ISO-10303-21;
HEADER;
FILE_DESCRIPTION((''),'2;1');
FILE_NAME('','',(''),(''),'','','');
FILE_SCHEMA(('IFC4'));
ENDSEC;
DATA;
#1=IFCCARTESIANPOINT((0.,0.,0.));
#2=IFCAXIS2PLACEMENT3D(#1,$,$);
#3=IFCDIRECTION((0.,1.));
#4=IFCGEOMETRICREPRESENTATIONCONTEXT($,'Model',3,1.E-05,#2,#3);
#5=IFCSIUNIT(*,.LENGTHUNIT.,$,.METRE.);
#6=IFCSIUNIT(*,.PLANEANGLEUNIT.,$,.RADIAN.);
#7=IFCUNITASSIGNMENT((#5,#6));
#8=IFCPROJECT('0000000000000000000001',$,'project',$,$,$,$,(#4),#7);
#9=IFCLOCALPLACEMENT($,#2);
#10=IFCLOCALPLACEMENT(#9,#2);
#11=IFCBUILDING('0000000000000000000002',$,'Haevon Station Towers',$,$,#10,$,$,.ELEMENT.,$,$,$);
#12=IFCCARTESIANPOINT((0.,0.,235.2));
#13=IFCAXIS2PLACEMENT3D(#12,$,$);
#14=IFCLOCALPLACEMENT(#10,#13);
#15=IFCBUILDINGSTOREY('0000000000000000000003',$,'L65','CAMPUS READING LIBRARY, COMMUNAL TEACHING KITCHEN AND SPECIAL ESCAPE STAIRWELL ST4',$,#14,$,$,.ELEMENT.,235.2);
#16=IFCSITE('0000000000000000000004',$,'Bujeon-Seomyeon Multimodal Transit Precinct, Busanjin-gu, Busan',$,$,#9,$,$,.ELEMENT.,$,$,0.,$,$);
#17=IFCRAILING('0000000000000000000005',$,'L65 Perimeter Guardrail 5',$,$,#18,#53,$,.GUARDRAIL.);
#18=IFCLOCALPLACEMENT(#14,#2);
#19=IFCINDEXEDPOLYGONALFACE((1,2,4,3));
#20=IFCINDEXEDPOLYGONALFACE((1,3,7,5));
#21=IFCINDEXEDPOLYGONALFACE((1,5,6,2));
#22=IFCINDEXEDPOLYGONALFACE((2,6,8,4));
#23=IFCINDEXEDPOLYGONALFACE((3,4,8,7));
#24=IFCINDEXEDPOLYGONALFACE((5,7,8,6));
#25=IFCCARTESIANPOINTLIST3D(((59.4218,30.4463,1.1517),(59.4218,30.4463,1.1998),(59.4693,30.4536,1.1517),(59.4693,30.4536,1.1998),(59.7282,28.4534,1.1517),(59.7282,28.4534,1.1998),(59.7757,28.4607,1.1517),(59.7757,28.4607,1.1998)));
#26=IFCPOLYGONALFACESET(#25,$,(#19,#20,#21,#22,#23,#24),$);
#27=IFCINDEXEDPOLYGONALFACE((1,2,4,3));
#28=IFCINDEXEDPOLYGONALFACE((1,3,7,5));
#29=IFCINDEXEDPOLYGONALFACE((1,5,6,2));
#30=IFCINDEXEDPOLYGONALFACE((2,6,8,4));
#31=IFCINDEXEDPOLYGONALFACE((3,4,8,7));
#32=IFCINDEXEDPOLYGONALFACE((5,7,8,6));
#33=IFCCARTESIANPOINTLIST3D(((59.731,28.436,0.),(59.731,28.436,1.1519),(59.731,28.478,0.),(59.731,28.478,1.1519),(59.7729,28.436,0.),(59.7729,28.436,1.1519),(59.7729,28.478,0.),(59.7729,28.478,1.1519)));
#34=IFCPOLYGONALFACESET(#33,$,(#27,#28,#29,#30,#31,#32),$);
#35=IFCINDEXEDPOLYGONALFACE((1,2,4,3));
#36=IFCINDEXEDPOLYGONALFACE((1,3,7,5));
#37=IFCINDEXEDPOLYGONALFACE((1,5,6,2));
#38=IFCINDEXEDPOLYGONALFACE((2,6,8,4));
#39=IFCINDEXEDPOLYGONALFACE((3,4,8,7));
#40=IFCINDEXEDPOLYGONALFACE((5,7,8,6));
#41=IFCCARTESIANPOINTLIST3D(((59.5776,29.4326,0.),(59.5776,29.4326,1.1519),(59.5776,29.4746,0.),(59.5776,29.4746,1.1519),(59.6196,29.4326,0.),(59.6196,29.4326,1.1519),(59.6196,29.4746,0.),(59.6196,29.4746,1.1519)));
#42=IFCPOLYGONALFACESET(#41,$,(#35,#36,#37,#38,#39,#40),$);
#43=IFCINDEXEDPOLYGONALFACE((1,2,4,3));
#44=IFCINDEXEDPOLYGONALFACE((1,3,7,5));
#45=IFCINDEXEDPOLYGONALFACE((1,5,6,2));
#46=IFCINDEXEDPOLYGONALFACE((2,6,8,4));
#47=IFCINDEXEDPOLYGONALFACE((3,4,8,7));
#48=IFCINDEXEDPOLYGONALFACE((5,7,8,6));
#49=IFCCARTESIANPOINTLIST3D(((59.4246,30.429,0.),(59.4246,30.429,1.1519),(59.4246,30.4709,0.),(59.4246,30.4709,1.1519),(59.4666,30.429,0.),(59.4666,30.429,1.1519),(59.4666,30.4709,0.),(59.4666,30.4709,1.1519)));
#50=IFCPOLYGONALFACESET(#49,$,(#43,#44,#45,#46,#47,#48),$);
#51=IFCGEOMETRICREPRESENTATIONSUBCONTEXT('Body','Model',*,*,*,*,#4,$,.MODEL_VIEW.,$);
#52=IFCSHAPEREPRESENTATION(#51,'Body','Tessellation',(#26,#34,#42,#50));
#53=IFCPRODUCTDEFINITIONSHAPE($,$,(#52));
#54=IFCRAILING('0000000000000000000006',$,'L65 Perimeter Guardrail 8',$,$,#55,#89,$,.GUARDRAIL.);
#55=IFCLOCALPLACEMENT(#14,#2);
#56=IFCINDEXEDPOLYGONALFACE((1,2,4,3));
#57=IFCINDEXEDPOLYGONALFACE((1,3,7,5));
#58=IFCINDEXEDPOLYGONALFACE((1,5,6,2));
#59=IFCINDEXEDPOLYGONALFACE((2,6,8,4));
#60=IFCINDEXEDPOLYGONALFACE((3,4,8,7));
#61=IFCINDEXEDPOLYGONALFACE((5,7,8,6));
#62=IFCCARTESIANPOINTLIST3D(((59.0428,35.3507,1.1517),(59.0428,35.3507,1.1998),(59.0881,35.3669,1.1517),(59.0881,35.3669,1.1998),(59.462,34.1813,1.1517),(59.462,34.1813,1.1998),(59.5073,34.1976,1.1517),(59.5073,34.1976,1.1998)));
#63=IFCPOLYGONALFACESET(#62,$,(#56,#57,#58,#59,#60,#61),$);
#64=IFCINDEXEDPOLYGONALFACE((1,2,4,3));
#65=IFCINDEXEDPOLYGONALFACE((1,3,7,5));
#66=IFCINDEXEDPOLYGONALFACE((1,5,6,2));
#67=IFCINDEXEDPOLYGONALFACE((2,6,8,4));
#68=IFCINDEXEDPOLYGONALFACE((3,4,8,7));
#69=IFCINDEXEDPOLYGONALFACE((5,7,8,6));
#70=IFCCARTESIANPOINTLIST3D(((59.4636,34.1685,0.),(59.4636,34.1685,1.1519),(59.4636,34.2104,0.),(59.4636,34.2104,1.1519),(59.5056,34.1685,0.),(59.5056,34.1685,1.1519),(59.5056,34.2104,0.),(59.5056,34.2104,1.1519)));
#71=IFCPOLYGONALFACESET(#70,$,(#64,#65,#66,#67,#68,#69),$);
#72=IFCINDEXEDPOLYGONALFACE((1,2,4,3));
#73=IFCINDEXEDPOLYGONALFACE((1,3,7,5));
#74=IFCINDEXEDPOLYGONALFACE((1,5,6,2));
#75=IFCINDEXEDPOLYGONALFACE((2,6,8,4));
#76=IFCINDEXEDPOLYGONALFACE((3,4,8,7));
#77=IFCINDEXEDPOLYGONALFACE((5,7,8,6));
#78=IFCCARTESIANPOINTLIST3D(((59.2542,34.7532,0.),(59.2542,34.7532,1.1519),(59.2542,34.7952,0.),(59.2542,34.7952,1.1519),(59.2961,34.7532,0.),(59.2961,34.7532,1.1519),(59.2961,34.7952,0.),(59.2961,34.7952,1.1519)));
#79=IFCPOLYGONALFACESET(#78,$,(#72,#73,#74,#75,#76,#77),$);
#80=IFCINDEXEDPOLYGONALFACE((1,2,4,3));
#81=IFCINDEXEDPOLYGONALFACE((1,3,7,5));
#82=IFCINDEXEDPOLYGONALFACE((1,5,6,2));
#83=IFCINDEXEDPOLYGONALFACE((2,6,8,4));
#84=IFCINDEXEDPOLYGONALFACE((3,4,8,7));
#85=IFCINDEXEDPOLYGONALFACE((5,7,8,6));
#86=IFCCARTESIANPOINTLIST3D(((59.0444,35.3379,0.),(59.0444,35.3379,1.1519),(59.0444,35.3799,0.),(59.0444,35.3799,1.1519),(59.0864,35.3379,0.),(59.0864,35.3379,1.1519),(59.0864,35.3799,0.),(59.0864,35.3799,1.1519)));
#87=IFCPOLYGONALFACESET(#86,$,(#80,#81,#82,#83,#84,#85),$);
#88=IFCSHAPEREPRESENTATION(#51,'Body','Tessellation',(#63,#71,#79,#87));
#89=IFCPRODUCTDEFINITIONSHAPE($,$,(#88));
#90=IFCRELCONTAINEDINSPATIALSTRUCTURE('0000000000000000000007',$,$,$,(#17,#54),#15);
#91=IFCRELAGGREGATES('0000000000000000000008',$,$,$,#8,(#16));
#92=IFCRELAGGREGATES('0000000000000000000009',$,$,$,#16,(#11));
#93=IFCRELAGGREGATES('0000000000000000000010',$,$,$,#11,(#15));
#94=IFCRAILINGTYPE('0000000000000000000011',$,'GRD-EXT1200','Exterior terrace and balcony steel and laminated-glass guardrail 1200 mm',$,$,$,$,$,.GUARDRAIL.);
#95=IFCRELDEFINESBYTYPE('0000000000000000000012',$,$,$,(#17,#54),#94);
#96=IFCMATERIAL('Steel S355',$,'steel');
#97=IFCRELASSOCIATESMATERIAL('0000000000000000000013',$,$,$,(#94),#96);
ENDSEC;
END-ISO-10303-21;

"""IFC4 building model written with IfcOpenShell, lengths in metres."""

from ifc_helpers import new_model, si_unit, direction, frame, origin, origin_2d, place, context, subcontext, project, spatial, rectangle, extrude, material, type_object, element, save


model = new_model("IFC4")

# Units and contexts
model_context = context("Model", 3, precision=1e-05, world=origin(), true_north=direction((0.0, 1.0)))
body_context = subcontext(model_context, "Body", "Model", "MODEL_VIEW")
ifc_project = project(units=[si_unit("LENGTHUNIT", "METRE"), si_unit("PLANEANGLEUNIT", "RADIAN")], contexts=[model_context])

# Site, building, storey
site_placement = place(None, origin())
site = spatial("IfcSite", under=ifc_project, at=site_placement, Name="Bujeon-Seomyeon Multimodal Transit Precinct, Busanjin-gu, Busan", CompositionType="ELEMENT", RefElevation=0.0)
building_placement = place(site_placement, origin())
building = spatial("IfcBuilding", under=site, at=building_placement, Name="Haevon Station Towers", CompositionType="ELEMENT")
storey_placement = place(building_placement, frame((0.0, 0.0, 235.2)))
storey = spatial("IfcBuildingStorey", under=building, at=storey_placement, Name="L65", Description="CAMPUS READING LIBRARY, COMMUNAL TEACHING KITCHEN AND SPECIAL ESCAPE STAIRWELL ST4", CompositionType="ELEMENT", Elevation=235.2)

# Shared definitions
ifc_material_1 = material(Name="Steel S355", Category="steel")

# Railings
railing_type_1 = type_object("IfcRailingType", Name="GRD-EXT1200", Description="Exterior terrace and balcony steel and laminated-glass guardrail 1200 mm", PredefinedType="GUARDRAIL", material=ifc_material_1)
railing_1_placement = place(storey_placement, frame((59.752, 28.457, 0.0)))
element("IfcRailing", 1, at=railing_1_placement, inside=storey, type_object=railing_type_1, Name="L65 Perimeter Guardrail 5", PredefinedType="GUARDRAIL", context=body_context, shape_type="SweptSolid", body=[
    extrude(rectangle(XDim=0.0481, YDim=0.0481, at=origin_2d()), frame((0.0, 0.0, 1.1758), z_axis=(-0.151957, 0.988387, 0.0), x_axis=(-0.988387, -0.151957, 0.0)), (0.0, 0.0, 1.0), 2.0164),
    extrude(rectangle(XDim=0.042, YDim=0.042, at=origin_2d()), origin(), (0.0, 0.0, 1.0), 1.1519),
    extrude(rectangle(XDim=0.042, YDim=0.042, at=origin_2d()), frame((-0.1533, 0.9966, 0.0)), (0.0, 0.0, 1.0), 1.1519),
    extrude(rectangle(XDim=0.042, YDim=0.042, at=origin_2d()), frame((-0.3064, 1.9929, 0.0)), (0.0, 0.0, 1.0), 1.1519),
])
railing_2_placement = place(storey_placement, frame((59.4846, 34.1895, 0.0)))
element("IfcRailing", 2, at=railing_2_placement, inside=storey, type_object=railing_type_1, Name="L65 Perimeter Guardrail 8", PredefinedType="GUARDRAIL", context=body_context, shape_type="SweptSolid", body=[
    extrude(rectangle(XDim=0.0481, YDim=0.0481, at=origin_2d()), frame((0.0, 0.0, 1.1758), z_axis=(-0.337432, 0.94135, 0.0), x_axis=(-0.94135, -0.337432, 0.0)), (0.0, 0.0, 1.0), 1.2422),
    extrude(rectangle(XDim=0.042, YDim=0.042, at=origin_2d()), origin(), (0.0, 0.0, 1.0), 1.1519),
    extrude(rectangle(XDim=0.042, YDim=0.042, at=origin_2d()), frame((-0.2095, 0.5847, 0.0)), (0.0, 0.0, 1.0), 1.1519),
    extrude(rectangle(XDim=0.042, YDim=0.042, at=origin_2d()), frame((-0.4192, 1.1694, 0.0)), (0.0, 0.0, 1.0), 1.1519),
])

save(model, "model.ifc")
